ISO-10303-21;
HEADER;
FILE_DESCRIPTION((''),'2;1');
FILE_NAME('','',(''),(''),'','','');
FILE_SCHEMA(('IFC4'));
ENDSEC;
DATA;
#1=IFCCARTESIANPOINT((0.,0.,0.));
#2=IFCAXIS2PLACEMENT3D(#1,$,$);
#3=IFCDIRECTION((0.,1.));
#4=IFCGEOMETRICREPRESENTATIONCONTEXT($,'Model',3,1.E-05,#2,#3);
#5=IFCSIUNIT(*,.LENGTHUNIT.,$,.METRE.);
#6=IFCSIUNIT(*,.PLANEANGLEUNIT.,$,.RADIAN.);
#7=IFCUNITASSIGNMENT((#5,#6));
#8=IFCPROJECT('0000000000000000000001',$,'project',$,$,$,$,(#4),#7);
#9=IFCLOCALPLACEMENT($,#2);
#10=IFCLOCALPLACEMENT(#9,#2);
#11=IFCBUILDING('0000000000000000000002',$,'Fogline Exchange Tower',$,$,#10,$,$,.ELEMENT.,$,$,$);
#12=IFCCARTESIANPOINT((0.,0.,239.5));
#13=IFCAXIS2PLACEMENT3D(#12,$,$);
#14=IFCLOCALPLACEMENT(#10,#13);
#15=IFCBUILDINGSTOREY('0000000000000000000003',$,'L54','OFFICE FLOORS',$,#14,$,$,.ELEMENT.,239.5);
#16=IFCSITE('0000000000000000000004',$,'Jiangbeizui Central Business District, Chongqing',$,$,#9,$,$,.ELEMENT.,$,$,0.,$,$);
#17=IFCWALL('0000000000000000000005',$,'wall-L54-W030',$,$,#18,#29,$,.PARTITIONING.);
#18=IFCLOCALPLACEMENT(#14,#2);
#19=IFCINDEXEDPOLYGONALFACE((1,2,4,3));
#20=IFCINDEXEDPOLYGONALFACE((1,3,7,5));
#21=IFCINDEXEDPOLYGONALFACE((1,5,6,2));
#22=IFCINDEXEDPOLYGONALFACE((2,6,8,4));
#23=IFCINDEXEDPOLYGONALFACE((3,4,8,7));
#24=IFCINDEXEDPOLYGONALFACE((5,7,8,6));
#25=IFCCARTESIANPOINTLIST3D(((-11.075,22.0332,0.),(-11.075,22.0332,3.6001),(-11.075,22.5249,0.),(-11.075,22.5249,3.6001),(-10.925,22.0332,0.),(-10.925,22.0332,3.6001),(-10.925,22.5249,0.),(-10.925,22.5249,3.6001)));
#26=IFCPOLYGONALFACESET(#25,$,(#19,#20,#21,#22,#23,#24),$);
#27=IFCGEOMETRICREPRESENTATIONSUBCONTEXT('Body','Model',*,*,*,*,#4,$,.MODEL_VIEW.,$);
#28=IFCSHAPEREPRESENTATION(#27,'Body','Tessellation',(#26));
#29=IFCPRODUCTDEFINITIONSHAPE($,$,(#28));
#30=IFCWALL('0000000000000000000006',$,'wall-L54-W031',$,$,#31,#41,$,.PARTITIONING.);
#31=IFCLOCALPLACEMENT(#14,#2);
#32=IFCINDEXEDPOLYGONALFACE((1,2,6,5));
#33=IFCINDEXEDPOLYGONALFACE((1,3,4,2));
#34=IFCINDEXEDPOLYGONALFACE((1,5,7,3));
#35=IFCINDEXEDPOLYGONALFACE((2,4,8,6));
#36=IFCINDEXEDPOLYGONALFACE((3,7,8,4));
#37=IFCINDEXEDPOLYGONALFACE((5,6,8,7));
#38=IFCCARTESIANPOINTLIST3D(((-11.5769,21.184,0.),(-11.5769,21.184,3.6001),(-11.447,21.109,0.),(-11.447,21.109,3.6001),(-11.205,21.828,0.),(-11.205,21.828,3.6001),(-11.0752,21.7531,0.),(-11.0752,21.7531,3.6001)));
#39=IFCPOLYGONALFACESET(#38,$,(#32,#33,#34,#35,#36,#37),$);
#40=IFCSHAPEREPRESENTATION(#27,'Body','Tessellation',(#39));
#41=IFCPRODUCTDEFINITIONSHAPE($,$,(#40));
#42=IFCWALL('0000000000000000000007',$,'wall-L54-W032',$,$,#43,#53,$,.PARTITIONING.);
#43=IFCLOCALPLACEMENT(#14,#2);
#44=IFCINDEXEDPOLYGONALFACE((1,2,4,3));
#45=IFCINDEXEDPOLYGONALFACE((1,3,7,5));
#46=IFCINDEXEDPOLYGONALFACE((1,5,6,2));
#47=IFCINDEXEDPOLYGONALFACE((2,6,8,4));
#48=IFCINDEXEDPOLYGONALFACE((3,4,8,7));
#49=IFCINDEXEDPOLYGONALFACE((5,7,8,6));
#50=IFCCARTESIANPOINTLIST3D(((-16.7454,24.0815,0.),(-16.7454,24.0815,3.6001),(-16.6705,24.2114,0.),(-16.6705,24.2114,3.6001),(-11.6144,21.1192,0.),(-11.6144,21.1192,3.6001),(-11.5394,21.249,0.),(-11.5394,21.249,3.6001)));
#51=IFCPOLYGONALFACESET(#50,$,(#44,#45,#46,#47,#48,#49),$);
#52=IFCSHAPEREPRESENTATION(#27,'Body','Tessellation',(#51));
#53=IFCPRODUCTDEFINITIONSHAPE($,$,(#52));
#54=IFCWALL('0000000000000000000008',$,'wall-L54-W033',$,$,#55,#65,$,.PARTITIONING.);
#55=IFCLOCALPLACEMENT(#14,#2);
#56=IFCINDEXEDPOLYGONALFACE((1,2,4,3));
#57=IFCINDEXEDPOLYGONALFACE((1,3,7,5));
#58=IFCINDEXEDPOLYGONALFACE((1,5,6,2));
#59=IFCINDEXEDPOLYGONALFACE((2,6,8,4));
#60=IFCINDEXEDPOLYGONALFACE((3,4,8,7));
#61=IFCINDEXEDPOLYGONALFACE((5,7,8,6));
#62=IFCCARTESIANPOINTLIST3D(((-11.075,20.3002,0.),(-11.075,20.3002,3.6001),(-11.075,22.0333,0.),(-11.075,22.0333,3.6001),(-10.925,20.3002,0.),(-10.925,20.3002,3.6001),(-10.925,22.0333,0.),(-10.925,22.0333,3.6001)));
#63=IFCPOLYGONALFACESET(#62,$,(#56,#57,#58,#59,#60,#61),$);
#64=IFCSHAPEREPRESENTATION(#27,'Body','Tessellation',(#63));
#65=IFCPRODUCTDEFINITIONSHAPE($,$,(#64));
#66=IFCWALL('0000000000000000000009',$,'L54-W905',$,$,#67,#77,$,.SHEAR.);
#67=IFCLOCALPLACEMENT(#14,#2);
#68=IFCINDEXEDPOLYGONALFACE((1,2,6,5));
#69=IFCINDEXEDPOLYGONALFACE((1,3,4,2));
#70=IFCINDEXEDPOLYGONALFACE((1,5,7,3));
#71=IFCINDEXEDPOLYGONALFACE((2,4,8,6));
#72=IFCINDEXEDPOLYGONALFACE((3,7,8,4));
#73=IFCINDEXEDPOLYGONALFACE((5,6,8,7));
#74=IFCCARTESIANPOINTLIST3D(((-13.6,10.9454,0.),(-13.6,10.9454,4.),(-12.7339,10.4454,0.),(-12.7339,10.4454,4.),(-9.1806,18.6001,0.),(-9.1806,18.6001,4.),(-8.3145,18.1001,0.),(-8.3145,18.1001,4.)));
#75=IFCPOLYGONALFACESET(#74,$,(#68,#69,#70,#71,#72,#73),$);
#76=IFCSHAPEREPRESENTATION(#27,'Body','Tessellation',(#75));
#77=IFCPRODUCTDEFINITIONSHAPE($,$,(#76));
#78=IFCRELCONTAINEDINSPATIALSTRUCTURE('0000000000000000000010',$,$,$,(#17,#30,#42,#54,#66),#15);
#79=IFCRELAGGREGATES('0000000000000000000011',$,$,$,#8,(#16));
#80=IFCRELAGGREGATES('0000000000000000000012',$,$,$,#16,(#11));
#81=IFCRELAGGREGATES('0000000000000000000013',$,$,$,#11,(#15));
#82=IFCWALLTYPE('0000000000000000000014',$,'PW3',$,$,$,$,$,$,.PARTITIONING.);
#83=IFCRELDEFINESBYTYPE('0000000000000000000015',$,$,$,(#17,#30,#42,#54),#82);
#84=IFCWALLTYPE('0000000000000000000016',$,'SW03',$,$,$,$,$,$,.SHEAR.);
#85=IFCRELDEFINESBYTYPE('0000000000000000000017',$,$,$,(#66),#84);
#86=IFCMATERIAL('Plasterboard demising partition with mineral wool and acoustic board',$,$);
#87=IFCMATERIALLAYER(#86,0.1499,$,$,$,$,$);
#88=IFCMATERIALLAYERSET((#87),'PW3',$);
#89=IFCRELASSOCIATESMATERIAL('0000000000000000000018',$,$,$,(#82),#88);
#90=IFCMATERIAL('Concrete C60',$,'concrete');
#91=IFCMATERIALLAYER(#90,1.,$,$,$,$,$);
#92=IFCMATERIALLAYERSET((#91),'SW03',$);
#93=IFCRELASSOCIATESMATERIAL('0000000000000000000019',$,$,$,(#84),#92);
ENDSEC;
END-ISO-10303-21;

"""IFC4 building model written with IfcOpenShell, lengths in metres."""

from ifc_helpers import new_model, si_unit, direction, frame, frame_2d, origin, place, context, subcontext, project, spatial, rectangle, extrude, material, layer, layer_set, type_object, element, save


model = new_model("IFC4")

# Units and contexts
model_context = context("Model", 3, precision=1e-05, world=origin(), true_north=direction((0.0, 1.0)))
body_context = subcontext(model_context, "Body", "Model", "MODEL_VIEW")
ifc_project = project(units=[si_unit("LENGTHUNIT", "METRE"), si_unit("PLANEANGLEUNIT", "RADIAN")], contexts=[model_context])

# Site, building, storey
site_placement = place(None, origin())
site = spatial("IfcSite", under=ifc_project, at=site_placement, Name="Jiangbeizui Central Business District, Chongqing", CompositionType="ELEMENT", RefElevation=0.0)
building_placement = place(site_placement, origin())
building = spatial("IfcBuilding", under=site, at=building_placement, Name="Fogline Exchange Tower", CompositionType="ELEMENT")
storey_placement = place(building_placement, frame((0.0, 0.0, 239.5)))
storey = spatial("IfcBuildingStorey", under=building, at=storey_placement, Name="L54", Description="OFFICE FLOORS", CompositionType="ELEMENT", Elevation=239.5)

# Shared definitions
ifc_material_1 = material(Name="Concrete C60", Category="concrete")

# Shared definitions
ifc_material_2 = material(Name="Plasterboard demising partition with mineral wool and acoustic board")
ifc_layer_1 = layer(ifc_material_2, 0.1499)
ifc_layer_set_1 = layer_set([ifc_layer_1], Name="PW3")
wall_type_1 = type_object("IfcWallType", Name="PW3", PredefinedType="PARTITIONING", material=ifc_layer_set_1)

# Walls
wall_1_placement = place(storey_placement, frame((-11.0, 22.5249, 0.0), z_axis=(0.0, 0.0, 1.0), x_axis=(0.0, -1.0, 0.0)))
element("IfcWall", 1, at=wall_1_placement, inside=storey, type_object=wall_type_1, Name="wall-L54-W030", PredefinedType="PARTITIONING", context=body_context, shape_type="SweptSolid", body=[
    extrude(rectangle(XDim=0.4917, YDim=0.1499, at=frame_2d((0.2458, 0.0))), origin(), (0.0, 0.0, 1.0), 3.6001),
])
wall_2_placement = place(storey_placement, frame((-11.1401, 21.7905, 0.0), z_axis=(0.0, 0.0, 1.0), x_axis=(-0.499988, -0.866033, 0.0)))
element("IfcWall", 2, at=wall_2_placement, inside=storey, type_object=wall_type_1, Name="wall-L54-W031", PredefinedType="PARTITIONING", context=body_context, shape_type="SweptSolid", body=[
    extrude(rectangle(XDim=0.7437, YDim=0.1499, at=frame_2d((0.3718, 0.0))), origin(), (0.0, 0.0, 1.0), 3.6001),
])
wall_3_placement = place(storey_placement, frame((-11.5769, 21.1841, 0.0), z_axis=(0.0, 0.0, 1.0), x_axis=(-0.866028, 0.499995, 0.0)))
element("IfcWall", 3, at=wall_3_placement, inside=storey, type_object=wall_type_1, Name="wall-L54-W032", PredefinedType="PARTITIONING", context=body_context, shape_type="SweptSolid", body=[
    extrude(rectangle(XDim=5.9248, YDim=0.1499, at=frame_2d((2.9624, 0.0))), origin(), (0.0, 0.0, 1.0), 3.6001),
])
wall_4_placement = place(storey_placement, frame((-11.0, 20.3, 0.0), z_axis=(0.0, 0.0, 1.0), x_axis=(0.0, 1.0, 0.0)))
element("IfcWall", 4, at=wall_4_placement, inside=storey, type_object=wall_type_1, Name="wall-L54-W033", PredefinedType="PARTITIONING", context=body_context, shape_type="SweptSolid", body=[
    extrude(rectangle(XDim=1.7332, YDim=0.1499, at=frame_2d((0.8667, 0.0))), origin(), (0.0, 0.0, 1.0), 3.6001),
])
ifc_layer_2 = layer(ifc_material_1, 1.0)
ifc_layer_set_2 = layer_set([ifc_layer_2], Name="SW03")
wall_type_2 = type_object("IfcWallType", Name="SW03", PredefinedType="SHEAR", material=ifc_layer_set_2)
wall_5_placement = place(storey_placement, frame((-8.7476, 18.3501, 0.0), z_axis=(0.0, 0.0, 1.0), x_axis=(-0.499995, -0.866028, 0.0)))
element("IfcWall", 5, at=wall_5_placement, inside=storey, type_object=wall_type_2, Name="L54-W905", PredefinedType="SHEAR", context=body_context, shape_type="SweptSolid", body=[
    extrude(rectangle(XDim=8.8389, YDim=1.0, at=frame_2d((4.4194, 0.0))), origin(), (0.0, 0.0, 1.0), 4.0),
])

save(model, "model.ifc")
